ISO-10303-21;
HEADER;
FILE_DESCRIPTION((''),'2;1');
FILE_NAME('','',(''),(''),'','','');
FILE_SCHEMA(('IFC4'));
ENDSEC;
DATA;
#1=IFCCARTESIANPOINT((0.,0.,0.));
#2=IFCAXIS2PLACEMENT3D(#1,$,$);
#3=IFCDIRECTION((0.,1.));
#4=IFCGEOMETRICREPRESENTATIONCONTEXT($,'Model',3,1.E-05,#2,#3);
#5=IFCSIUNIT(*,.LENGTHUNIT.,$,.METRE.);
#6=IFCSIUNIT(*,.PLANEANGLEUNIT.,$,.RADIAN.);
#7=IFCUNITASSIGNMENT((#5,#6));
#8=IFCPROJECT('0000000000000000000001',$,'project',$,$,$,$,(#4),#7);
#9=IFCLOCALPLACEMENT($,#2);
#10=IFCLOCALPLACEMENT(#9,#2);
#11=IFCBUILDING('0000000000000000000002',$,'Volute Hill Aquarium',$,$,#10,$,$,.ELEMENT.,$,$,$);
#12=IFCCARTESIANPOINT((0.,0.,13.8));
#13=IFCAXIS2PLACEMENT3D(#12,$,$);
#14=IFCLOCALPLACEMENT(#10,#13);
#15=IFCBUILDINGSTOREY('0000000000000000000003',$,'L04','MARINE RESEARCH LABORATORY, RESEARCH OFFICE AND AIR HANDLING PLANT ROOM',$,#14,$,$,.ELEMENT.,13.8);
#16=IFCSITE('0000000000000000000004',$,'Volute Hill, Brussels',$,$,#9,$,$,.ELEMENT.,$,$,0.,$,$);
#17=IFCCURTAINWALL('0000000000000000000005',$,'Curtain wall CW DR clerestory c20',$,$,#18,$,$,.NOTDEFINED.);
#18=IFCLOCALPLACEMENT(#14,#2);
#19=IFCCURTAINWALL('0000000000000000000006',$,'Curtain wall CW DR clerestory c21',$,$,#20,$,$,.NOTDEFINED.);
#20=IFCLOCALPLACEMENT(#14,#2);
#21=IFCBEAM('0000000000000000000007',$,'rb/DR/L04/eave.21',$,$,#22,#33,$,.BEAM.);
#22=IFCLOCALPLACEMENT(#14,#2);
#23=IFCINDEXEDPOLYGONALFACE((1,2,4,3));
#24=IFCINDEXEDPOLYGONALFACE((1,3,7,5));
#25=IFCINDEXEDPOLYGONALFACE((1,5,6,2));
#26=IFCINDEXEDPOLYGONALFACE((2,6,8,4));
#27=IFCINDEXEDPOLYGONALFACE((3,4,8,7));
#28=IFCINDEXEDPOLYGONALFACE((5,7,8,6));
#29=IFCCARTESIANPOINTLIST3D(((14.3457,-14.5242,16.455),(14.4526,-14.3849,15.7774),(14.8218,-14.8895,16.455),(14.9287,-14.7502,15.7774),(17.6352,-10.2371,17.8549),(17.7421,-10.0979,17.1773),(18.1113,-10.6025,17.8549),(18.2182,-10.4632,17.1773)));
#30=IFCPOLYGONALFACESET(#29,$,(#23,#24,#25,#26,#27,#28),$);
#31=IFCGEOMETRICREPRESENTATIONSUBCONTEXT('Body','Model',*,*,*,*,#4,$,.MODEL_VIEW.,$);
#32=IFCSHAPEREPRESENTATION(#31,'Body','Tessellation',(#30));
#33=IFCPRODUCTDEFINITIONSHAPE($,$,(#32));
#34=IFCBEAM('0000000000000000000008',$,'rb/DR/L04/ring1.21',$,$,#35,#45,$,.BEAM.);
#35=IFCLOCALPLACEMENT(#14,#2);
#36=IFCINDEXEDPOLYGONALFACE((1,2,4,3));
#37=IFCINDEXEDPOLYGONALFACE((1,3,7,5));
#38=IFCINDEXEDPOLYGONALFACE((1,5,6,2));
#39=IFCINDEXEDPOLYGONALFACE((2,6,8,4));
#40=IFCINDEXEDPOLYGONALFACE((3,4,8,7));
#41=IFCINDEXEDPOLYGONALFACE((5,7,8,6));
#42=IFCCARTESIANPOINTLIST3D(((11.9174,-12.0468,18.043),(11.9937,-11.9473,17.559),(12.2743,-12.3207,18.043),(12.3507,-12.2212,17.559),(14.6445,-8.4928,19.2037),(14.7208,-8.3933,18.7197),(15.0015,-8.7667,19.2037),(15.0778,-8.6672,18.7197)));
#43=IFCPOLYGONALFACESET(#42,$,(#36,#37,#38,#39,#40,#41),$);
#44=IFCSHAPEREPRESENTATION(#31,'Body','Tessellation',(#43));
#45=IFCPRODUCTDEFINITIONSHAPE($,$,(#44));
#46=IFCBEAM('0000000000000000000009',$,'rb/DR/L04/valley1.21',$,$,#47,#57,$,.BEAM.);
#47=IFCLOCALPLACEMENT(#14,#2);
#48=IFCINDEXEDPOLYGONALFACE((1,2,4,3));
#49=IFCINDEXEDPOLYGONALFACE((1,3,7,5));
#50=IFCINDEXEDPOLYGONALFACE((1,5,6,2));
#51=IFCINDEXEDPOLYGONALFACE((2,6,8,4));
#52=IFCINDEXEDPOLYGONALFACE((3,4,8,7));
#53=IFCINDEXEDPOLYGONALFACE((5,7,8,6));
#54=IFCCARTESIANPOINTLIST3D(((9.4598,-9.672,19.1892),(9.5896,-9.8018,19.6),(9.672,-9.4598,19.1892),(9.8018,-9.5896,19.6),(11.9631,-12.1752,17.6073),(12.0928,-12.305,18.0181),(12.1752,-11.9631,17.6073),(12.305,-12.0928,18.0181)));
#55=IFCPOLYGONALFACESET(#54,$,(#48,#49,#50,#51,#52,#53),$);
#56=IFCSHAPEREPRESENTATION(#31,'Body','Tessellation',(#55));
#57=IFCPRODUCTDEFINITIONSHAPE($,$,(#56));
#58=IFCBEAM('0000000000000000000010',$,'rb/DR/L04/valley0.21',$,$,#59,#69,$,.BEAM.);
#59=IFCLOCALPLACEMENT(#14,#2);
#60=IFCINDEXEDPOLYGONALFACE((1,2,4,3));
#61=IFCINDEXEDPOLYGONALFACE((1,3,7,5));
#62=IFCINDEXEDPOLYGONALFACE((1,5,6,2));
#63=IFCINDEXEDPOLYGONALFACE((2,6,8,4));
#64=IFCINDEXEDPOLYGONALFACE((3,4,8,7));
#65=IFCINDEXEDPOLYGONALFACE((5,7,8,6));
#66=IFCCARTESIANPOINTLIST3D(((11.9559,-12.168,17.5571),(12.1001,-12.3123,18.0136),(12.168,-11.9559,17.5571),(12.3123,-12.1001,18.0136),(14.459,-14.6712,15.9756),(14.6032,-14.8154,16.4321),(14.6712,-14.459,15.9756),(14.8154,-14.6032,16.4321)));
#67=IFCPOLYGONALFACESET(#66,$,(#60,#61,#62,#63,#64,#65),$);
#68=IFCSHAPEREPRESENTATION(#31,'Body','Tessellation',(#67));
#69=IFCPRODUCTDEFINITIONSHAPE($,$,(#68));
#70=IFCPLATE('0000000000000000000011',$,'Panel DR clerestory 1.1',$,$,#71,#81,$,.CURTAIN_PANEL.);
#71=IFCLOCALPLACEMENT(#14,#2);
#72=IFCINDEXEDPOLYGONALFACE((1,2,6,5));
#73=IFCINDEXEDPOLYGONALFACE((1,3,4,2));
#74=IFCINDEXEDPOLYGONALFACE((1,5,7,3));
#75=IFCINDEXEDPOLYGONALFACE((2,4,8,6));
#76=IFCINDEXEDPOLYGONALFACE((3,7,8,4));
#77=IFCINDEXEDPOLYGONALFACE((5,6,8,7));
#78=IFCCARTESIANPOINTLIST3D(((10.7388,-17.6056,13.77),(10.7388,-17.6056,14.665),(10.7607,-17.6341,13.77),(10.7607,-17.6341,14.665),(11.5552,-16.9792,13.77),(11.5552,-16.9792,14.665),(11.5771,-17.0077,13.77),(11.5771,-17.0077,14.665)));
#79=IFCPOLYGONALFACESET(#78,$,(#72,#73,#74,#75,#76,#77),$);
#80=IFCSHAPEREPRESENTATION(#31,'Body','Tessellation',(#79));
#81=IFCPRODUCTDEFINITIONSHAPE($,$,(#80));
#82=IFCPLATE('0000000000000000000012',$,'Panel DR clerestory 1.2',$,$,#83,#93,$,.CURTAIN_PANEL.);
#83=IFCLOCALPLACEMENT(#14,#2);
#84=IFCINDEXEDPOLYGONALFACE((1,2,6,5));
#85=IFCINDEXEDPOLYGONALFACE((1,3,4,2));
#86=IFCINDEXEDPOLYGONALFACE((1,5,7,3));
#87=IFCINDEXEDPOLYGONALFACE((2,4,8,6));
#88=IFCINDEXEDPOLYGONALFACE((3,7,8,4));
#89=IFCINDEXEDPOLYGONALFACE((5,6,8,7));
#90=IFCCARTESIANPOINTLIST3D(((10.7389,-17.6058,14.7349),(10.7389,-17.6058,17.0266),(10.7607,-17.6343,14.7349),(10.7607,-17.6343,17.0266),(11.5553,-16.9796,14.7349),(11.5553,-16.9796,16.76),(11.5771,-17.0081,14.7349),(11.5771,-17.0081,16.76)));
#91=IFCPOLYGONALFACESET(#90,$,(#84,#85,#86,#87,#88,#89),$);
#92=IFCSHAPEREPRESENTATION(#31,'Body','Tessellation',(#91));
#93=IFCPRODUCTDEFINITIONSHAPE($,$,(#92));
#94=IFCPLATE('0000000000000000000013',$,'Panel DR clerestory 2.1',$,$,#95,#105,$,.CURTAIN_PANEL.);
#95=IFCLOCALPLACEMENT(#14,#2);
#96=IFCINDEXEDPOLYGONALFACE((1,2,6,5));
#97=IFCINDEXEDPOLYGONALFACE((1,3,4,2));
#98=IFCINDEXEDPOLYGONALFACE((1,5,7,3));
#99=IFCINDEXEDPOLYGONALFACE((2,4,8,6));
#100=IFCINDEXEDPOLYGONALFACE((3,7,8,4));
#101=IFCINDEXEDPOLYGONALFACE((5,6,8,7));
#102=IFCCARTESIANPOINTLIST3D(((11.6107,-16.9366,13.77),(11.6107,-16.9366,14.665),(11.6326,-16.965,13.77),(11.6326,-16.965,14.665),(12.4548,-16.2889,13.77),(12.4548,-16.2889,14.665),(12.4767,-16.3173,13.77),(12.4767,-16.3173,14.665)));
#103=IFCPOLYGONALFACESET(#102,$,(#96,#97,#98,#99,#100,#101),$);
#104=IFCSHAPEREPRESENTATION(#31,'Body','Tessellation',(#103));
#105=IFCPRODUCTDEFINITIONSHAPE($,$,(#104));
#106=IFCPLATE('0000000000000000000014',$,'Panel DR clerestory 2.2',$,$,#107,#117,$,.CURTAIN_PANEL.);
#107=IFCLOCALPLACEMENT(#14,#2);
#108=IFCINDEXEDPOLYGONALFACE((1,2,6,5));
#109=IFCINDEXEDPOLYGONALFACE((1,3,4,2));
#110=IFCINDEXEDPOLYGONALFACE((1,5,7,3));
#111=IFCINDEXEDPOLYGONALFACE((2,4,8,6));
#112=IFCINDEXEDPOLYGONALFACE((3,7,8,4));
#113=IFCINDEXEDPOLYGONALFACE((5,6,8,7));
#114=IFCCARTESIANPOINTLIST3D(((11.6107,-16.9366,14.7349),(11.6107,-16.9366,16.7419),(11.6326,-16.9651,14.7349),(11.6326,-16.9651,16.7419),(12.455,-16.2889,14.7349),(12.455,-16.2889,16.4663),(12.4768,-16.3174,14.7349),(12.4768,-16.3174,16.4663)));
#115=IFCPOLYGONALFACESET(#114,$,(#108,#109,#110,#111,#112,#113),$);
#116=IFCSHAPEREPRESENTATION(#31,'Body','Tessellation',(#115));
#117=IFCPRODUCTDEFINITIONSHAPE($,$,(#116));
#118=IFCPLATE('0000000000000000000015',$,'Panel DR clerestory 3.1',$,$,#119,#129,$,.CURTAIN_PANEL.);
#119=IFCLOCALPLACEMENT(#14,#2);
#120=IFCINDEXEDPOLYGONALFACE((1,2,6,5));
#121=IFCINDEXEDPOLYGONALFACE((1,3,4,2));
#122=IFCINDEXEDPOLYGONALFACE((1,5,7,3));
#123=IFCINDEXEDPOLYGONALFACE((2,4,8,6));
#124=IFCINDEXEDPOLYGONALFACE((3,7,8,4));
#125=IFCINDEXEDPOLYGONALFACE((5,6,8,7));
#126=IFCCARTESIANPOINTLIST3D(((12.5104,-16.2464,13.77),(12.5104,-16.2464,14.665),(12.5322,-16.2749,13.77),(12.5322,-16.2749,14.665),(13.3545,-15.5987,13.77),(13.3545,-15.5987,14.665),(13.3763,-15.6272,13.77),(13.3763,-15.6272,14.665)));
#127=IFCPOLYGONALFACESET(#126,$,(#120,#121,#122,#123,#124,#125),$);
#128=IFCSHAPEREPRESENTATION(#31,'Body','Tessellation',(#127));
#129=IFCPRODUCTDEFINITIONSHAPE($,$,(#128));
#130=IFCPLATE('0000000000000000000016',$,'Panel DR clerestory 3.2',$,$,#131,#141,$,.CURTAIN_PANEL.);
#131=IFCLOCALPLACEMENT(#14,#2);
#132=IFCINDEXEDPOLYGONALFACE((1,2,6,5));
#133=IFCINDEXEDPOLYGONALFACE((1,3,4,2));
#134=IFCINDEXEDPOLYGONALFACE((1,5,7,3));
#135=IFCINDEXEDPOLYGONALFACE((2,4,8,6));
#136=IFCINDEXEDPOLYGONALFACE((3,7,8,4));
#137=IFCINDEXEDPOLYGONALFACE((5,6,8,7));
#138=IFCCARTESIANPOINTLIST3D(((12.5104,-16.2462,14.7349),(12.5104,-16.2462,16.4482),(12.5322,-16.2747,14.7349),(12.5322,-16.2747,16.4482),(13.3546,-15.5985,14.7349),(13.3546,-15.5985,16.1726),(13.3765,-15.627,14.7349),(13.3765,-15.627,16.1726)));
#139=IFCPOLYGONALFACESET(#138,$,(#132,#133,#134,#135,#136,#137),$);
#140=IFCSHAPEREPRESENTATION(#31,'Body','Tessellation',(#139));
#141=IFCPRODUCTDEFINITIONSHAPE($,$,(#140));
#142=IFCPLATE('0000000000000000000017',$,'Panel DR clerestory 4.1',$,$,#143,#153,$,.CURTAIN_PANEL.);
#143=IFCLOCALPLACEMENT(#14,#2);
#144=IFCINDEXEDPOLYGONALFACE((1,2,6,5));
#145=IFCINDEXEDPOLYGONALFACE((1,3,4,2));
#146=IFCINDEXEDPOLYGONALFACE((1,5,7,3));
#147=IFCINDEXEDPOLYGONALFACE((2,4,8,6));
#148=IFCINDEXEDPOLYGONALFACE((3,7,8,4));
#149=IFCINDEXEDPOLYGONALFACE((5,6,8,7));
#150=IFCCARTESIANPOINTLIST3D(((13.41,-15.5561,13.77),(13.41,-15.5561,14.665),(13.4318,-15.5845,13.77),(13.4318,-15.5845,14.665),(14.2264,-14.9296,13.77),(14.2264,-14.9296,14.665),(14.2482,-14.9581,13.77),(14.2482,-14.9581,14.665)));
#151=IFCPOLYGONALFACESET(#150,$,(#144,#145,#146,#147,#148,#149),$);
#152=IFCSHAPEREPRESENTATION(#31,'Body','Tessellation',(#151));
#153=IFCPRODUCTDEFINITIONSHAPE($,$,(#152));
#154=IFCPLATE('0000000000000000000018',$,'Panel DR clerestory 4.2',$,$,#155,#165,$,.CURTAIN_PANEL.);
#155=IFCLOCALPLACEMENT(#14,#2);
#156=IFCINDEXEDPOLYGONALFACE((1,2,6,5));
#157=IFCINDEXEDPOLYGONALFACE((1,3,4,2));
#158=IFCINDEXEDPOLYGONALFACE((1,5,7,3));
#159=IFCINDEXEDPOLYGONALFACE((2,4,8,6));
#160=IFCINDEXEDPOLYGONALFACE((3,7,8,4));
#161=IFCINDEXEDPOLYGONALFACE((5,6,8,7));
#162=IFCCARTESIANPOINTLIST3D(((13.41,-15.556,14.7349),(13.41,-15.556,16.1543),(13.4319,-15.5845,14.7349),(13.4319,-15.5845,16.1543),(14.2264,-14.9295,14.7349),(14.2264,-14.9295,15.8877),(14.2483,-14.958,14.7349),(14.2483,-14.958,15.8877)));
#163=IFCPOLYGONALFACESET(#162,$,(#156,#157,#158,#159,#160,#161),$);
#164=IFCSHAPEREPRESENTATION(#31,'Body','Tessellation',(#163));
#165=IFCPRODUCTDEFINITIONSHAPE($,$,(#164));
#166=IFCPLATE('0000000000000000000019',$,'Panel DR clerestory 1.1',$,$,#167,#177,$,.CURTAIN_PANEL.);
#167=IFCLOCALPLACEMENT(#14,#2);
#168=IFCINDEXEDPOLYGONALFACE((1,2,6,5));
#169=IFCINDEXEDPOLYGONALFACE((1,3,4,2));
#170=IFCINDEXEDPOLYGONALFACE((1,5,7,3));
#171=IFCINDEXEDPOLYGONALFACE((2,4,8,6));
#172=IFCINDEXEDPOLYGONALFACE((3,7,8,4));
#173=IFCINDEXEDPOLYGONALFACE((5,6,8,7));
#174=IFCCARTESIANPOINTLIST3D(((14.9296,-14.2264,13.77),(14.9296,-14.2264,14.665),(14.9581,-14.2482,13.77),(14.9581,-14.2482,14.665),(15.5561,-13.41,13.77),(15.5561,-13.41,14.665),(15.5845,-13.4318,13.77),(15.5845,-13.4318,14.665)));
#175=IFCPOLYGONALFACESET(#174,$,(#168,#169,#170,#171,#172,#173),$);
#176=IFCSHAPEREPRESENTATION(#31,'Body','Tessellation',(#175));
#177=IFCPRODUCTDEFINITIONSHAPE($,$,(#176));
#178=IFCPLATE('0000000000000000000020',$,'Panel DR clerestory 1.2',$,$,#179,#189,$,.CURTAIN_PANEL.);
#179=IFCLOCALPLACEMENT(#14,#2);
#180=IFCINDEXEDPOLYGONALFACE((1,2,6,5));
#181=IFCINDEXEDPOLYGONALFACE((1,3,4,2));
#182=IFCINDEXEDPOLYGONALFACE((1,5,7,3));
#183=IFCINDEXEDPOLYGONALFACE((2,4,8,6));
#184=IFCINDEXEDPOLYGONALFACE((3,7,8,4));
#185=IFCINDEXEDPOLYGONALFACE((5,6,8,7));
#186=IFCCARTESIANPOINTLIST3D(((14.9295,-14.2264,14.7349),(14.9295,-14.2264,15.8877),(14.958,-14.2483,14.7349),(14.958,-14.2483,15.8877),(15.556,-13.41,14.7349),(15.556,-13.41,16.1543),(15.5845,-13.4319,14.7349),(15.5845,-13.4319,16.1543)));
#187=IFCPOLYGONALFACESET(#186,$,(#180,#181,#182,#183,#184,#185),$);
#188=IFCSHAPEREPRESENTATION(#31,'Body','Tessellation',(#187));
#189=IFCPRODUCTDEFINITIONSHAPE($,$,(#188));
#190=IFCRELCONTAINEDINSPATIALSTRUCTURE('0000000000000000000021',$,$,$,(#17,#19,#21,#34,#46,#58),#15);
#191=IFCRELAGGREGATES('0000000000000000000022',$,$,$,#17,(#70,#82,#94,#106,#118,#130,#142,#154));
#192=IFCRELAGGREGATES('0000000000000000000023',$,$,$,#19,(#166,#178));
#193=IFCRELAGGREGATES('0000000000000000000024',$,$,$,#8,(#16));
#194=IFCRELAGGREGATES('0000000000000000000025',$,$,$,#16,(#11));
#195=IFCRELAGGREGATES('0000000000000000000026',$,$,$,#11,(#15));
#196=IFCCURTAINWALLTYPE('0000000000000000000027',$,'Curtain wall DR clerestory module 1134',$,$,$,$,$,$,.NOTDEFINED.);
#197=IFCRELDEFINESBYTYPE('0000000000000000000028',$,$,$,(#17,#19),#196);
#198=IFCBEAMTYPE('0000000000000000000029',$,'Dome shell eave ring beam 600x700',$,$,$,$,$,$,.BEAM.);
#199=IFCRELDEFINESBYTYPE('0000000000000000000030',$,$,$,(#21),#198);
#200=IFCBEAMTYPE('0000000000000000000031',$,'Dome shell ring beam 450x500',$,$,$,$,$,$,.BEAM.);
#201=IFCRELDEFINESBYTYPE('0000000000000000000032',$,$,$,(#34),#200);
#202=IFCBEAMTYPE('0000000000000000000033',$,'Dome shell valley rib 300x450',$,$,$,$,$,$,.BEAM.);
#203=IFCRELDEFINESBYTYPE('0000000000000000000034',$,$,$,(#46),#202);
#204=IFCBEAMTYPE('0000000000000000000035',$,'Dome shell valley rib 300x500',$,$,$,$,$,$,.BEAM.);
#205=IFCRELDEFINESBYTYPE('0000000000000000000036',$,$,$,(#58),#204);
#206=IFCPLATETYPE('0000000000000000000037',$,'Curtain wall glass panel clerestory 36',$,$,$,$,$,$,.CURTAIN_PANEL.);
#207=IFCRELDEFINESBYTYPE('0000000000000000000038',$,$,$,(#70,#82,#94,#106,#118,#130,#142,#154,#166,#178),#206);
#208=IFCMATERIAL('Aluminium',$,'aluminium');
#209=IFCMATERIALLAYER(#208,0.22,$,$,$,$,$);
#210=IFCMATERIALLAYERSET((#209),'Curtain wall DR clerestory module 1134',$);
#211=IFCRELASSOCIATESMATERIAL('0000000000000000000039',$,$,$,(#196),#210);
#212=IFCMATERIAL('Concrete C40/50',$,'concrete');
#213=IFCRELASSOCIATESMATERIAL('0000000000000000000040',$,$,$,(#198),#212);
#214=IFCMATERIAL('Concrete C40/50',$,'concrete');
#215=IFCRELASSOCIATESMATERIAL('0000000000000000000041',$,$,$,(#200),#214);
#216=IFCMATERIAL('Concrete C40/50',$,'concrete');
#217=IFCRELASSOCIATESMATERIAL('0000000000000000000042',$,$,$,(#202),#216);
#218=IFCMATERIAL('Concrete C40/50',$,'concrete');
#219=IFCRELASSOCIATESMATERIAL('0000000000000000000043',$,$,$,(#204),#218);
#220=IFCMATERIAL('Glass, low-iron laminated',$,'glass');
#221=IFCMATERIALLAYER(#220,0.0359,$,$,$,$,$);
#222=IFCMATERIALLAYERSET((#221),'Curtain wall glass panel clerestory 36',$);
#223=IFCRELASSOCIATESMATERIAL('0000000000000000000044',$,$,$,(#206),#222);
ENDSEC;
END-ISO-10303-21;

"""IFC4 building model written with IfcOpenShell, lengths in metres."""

from ifc_helpers import new_model, si_unit, direction, frame, origin, origin_2d, place, context, subcontext, project, spatial, polyline, rectangle, outline, extrude, material, layer, layer_set, material_profile, profile_set, type_object, element, aggregate, save


model = new_model("IFC4")

# Units and contexts
model_context = context("Model", 3, precision=1e-05, world=origin(), true_north=direction((0.0, 1.0)))
body_context = subcontext(model_context, "Body", "Model", "MODEL_VIEW")
ifc_project = project(units=[si_unit("LENGTHUNIT", "METRE"), si_unit("PLANEANGLEUNIT", "RADIAN")], contexts=[model_context])

# Site, building, storey
site_placement = place(None, origin())
site = spatial("IfcSite", under=ifc_project, at=site_placement, Name="Volute Hill, Brussels", CompositionType="ELEMENT", RefElevation=0.0)
building_placement = place(site_placement, origin())
building = spatial("IfcBuilding", under=site, at=building_placement, Name="Volute Hill Aquarium", CompositionType="ELEMENT")
storey_placement = place(building_placement, frame((0.0, 0.0, 13.8)))
storey = spatial("IfcBuildingStorey", under=building, at=storey_placement, Name="L04", Description="MARINE RESEARCH LABORATORY, RESEARCH OFFICE AND AIR HANDLING PLANT ROOM", CompositionType="ELEMENT", Elevation=13.8)

# Curtain walls
ifc_material_1 = material(Name="Aluminium", Category="aluminium")
ifc_layer_1 = layer(ifc_material_1, 0.22)
ifc_layer_set_1 = layer_set([ifc_layer_1], Name="Curtain wall DR clerestory module 1134")
curtain_wall_type = type_object("IfcCurtainWallType", Name="Curtain wall DR clerestory module 1134", PredefinedType="NOTDEFINED", material=ifc_layer_set_1)
curtain_wall_1_placement = place(storey_placement, origin())
curtain_wall_1 = element("IfcCurtainWall", 1, at=curtain_wall_1_placement, inside=storey, type_object=curtain_wall_type, Name="Curtain wall CW DR clerestory c20", PredefinedType="NOTDEFINED")
curtain_wall_2_placement = place(storey_placement, origin())
curtain_wall_2 = element("IfcCurtainWall", 2, at=curtain_wall_2_placement, inside=storey, type_object=curtain_wall_type, Name="Curtain wall CW DR clerestory c21", PredefinedType="NOTDEFINED")

# Beams
ifc_material_2 = material(Name="Concrete C40/50", Category="concrete")
ifc_material_profile_1 = material_profile(ifc_material_2, rectangle(XDim=0.6001, YDim=0.7, at=origin_2d()), Name="RC beam 600x700")
ifc_profile_set_1 = profile_set([ifc_material_profile_1], Name="Concrete C40/50")
beam_type_1 = type_object("IfcBeamType", Name="Dome shell eave ring beam 600x700", PredefinedType="BEAM", material=ifc_profile_set_1)
beam_1_placement = place(storey_placement, frame((14.6372, -14.6372, 16.1162), z_axis=(0.5893, 0.768006, 0.250783), x_axis=(-0.793359, 0.608754, 0.0)))
element("IfcBeam", 3, at=beam_1_placement, inside=storey, type_object=beam_type_1, Name="rb/DR/L04/eave.21", PredefinedType="BEAM", context=body_context, shape_type="SweptSolid", body=[
    extrude(rectangle(XDim=0.6001, YDim=0.7, at=origin_2d()), origin(), (0.0, 0.0, 1.0), 5.582),
])
ifc_material_3 = material(Name="Concrete C40/50", Category="concrete")
ifc_material_profile_2 = material_profile(ifc_material_3, rectangle(XDim=0.45, YDim=0.5, at=origin_2d()), Name="RC beam 450x500")
ifc_profile_set_2 = profile_set([ifc_material_profile_2], Name="Concrete C40/50")
beam_type_2 = type_object("IfcBeamType", Name="Dome shell ring beam 450x500", PredefinedType="BEAM", material=ifc_profile_set_2)
beam_2_placement = place(storey_placement, frame((12.134, -12.134, 17.801), z_axis=(0.589304, 0.767994, 0.25081), x_axis=(-0.793353, 0.608762, 0.0)))
element("IfcBeam", 4, at=beam_2_placement, inside=storey, type_object=beam_type_2, Name="rb/DR/L04/ring1.21", PredefinedType="BEAM", context=body_context, shape_type="SweptSolid", body=[
    extrude(rectangle(XDim=0.45, YDim=0.5, at=origin_2d()), origin(), (0.0, 0.0, 1.0), 4.6277),
])
ifc_material_4 = material(Name="Concrete C40/50", Category="concrete")
ifc_material_profile_3 = material_profile(ifc_material_4, rectangle(XDim=0.3, YDim=0.45, at=origin_2d()), Name="RC rib 300x450")
ifc_profile_set_3 = profile_set([ifc_material_profile_3], Name="Concrete C40/50")
beam_type_3 = type_object("IfcBeamType", Name="Dome shell valley rib 300x450", PredefinedType="BEAM", material=ifc_profile_set_3)
beam_3_placement = place(storey_placement, frame((12.134, -12.134, 17.8127), z_axis=(-0.64559, 0.64559, 0.407956), x_axis=(-0.707107, -0.707107, 0.0)))
element("IfcBeam", 5, at=beam_3_placement, inside=storey, type_object=beam_type_3, Name="rb/DR/L04/valley1.21", PredefinedType="BEAM", context=body_context, shape_type="SweptSolid", body=[
    extrude(rectangle(XDim=0.3, YDim=0.45, at=origin_2d()), origin(), (0.0, 0.0, 1.0), 3.8774),
])
ifc_material_5 = material(Name="Concrete C40/50", Category="concrete")
ifc_material_profile_4 = material_profile(ifc_material_5, rectangle(XDim=0.3, YDim=0.5, at=origin_2d()), Name="RC rib 300x500")
ifc_profile_set_4 = profile_set([ifc_material_profile_4], Name="Concrete C40/50")
beam_type_4 = type_object("IfcBeamType", Name="Dome shell valley rib 300x500", PredefinedType="BEAM", material=ifc_profile_set_4)
beam_4_placement = place(storey_placement, frame((14.6372, -14.6372, 16.2039), z_axis=(-0.645606, 0.645606, 0.407904), x_axis=(-0.707107, -0.707107, 0.0)))
element("IfcBeam", 6, at=beam_4_placement, inside=storey, type_object=beam_type_4, Name="rb/DR/L04/valley0.21", PredefinedType="BEAM", context=body_context, shape_type="SweptSolid", body=[
    extrude(rectangle(XDim=0.3, YDim=0.5, at=origin_2d()), origin(), (0.0, 0.0, 1.0), 3.8772),
])

# Plates
ifc_material_6 = material(Name="Glass, low-iron laminated", Category="glass")
ifc_layer_2 = layer(ifc_material_6, 0.0359)
ifc_layer_set_2 = layer_set([ifc_layer_2], Name="Curtain wall glass panel clerestory 36")
plate_type = type_object("IfcPlateType", Name="Curtain wall glass panel clerestory 36", PredefinedType="CURTAIN_PANEL", material=ifc_layer_set_2)
plate_1_placement = place(storey_placement, frame((11.158, -17.3066, 13.77), z_axis=(0.0, 0.0, 1.0), x_axis=(0.793354, 0.608761, 0.0)))
plate_1 = element("IfcPlate", 7, at=plate_1_placement, type_object=plate_type, Name="Panel DR clerestory 1.1", PredefinedType="CURTAIN_PANEL", context=body_context, shape_type="SweptSolid", body=[
    extrude(rectangle(XDim=1.0291, YDim=0.0359, at=origin_2d()), origin(), (0.0, 0.0, 1.0), 0.895),
])
plate_2_placement = place(storey_placement, frame((10.7607, -17.6343, 14.7349), z_axis=(0.608621, -0.793461, 0.0), x_axis=(0.793461, 0.608621, 0.0)))
plate_2 = element("IfcPlate", 8, at=plate_2_placement, type_object=plate_type, Name="Panel DR clerestory 1.2", PredefinedType="CURTAIN_PANEL", context=body_context, shape_type="SweptSolid", body=[
    extrude(outline(polyline([(0.0, 0.0), (1.0289, 0.0), (1.0289, 2.0251), (0.0, 2.2917), (0.0, 0.0)])), origin(), (0.0, 0.0, -1.0), 0.0359),
])
plate_3_placement = place(storey_placement, frame((12.0437, -16.627, 13.77), z_axis=(0.0, 0.0, 1.0), x_axis=(0.793354, 0.608761, 0.0)))
plate_3 = element("IfcPlate", 9, at=plate_3_placement, type_object=plate_type, Name="Panel DR clerestory 2.1", PredefinedType="CURTAIN_PANEL", context=body_context, shape_type="SweptSolid", body=[
    extrude(rectangle(XDim=1.064, YDim=0.0359, at=origin_2d()), origin(), (0.0, 0.0, 1.0), 0.895),
])
plate_4_placement = place(storey_placement, frame((11.6326, -16.9651, 14.7349), z_axis=(0.608701, -0.7934, 0.0), x_axis=(0.7934, 0.608701, 0.0)))
plate_4 = element("IfcPlate", 10, at=plate_4_placement, type_object=plate_type, Name="Panel DR clerestory 2.2", PredefinedType="CURTAIN_PANEL", context=body_context, shape_type="SweptSolid", body=[
    extrude(outline(polyline([(0.0, 0.0), (1.0641, 0.0), (1.0641, 1.7314), (0.0, 2.0071), (0.0, 0.0)])), origin(), (0.0, 0.0, -1.0), 0.0359),
])
plate_5_placement = place(storey_placement, frame((12.9434, -15.9368, 13.77), z_axis=(0.0, 0.0, 1.0), x_axis=(0.793354, 0.608761, 0.0)))
plate_5 = element("IfcPlate", 11, at=plate_5_placement, type_object=plate_type, Name="Panel DR clerestory 3.1", PredefinedType="CURTAIN_PANEL", context=body_context, shape_type="SweptSolid", body=[
    extrude(rectangle(XDim=1.064, YDim=0.0359, at=origin_2d()), origin(), (0.0, 0.0, 1.0), 0.895),
])
plate_6_placement = place(storey_placement, frame((12.5322, -16.2747, 14.7349), z_axis=(0.608701, -0.7934, 0.0), x_axis=(0.7934, 0.608701, 0.0)))
plate_6 = element("IfcPlate", 12, at=plate_6_placement, type_object=plate_type, Name="Panel DR clerestory 3.2", PredefinedType="CURTAIN_PANEL", context=body_context, shape_type="SweptSolid", body=[
    extrude(outline(polyline([(0.0, 0.0), (1.0641, 0.0), (1.0641, 1.4377), (0.0, 1.7134), (0.0, 0.0)])), origin(), (0.0, 0.0, -1.0), 0.0359),
])
plate_7_placement = place(storey_placement, frame((13.8291, -15.2571, 13.77), z_axis=(0.0, 0.0, 1.0), x_axis=(0.793354, 0.608761, 0.0)))
plate_7 = element("IfcPlate", 13, at=plate_7_placement, type_object=plate_type, Name="Panel DR clerestory 4.1", PredefinedType="CURTAIN_PANEL", context=body_context, shape_type="SweptSolid", body=[
    extrude(rectangle(XDim=1.0291, YDim=0.0359, at=origin_2d()), origin(), (0.0, 0.0, 1.0), 0.895),
])
plate_8_placement = place(storey_placement, frame((13.4319, -15.5845, 14.7349), z_axis=(0.60877, -0.793347, 0.0), x_axis=(0.793347, 0.60877, 0.0)))
plate_8 = element("IfcPlate", 14, at=plate_8_placement, type_object=plate_type, Name="Panel DR clerestory 4.2", PredefinedType="CURTAIN_PANEL", context=body_context, shape_type="SweptSolid", body=[
    extrude(outline(polyline([(0.0, 0.0), (1.0291, 0.0), (1.0291, 1.1528), (0.0, 1.4194), (0.0, 0.0)])), origin(), (0.0, 0.0, -1.0), 0.0359),
])
aggregate(curtain_wall_1, [plate_1, plate_2, plate_3, plate_4, plate_5, plate_6, plate_7, plate_8])
plate_9_placement = place(storey_placement, frame((15.2571, -13.8291, 13.77), z_axis=(0.0, 0.0, 1.0), x_axis=(0.608761, 0.793354, 0.0)))
plate_9 = element("IfcPlate", 15, at=plate_9_placement, type_object=plate_type, Name="Panel DR clerestory 1.1", PredefinedType="CURTAIN_PANEL", context=body_context, shape_type="SweptSolid", body=[
    extrude(rectangle(XDim=1.0291, YDim=0.0359, at=origin_2d()), origin(), (0.0, 0.0, 1.0), 0.895),
])
plate_10_placement = place(storey_placement, frame((14.958, -14.2483, 14.7349), z_axis=(0.793347, -0.60877, 0.0), x_axis=(0.60877, 0.793347, 0.0)))
plate_10 = element("IfcPlate", 16, at=plate_10_placement, type_object=plate_type, Name="Panel DR clerestory 1.2", PredefinedType="CURTAIN_PANEL", context=body_context, shape_type="SweptSolid", body=[
    extrude(outline(polyline([(0.0, 0.0), (1.0291, 0.0), (1.0291, 1.4194), (0.0, 1.1528), (0.0, 0.0)])), origin(), (0.0, 0.0, -1.0), 0.0359),
])
aggregate(curtain_wall_2, [plate_9, plate_10])

save(model, "model.ifc")
